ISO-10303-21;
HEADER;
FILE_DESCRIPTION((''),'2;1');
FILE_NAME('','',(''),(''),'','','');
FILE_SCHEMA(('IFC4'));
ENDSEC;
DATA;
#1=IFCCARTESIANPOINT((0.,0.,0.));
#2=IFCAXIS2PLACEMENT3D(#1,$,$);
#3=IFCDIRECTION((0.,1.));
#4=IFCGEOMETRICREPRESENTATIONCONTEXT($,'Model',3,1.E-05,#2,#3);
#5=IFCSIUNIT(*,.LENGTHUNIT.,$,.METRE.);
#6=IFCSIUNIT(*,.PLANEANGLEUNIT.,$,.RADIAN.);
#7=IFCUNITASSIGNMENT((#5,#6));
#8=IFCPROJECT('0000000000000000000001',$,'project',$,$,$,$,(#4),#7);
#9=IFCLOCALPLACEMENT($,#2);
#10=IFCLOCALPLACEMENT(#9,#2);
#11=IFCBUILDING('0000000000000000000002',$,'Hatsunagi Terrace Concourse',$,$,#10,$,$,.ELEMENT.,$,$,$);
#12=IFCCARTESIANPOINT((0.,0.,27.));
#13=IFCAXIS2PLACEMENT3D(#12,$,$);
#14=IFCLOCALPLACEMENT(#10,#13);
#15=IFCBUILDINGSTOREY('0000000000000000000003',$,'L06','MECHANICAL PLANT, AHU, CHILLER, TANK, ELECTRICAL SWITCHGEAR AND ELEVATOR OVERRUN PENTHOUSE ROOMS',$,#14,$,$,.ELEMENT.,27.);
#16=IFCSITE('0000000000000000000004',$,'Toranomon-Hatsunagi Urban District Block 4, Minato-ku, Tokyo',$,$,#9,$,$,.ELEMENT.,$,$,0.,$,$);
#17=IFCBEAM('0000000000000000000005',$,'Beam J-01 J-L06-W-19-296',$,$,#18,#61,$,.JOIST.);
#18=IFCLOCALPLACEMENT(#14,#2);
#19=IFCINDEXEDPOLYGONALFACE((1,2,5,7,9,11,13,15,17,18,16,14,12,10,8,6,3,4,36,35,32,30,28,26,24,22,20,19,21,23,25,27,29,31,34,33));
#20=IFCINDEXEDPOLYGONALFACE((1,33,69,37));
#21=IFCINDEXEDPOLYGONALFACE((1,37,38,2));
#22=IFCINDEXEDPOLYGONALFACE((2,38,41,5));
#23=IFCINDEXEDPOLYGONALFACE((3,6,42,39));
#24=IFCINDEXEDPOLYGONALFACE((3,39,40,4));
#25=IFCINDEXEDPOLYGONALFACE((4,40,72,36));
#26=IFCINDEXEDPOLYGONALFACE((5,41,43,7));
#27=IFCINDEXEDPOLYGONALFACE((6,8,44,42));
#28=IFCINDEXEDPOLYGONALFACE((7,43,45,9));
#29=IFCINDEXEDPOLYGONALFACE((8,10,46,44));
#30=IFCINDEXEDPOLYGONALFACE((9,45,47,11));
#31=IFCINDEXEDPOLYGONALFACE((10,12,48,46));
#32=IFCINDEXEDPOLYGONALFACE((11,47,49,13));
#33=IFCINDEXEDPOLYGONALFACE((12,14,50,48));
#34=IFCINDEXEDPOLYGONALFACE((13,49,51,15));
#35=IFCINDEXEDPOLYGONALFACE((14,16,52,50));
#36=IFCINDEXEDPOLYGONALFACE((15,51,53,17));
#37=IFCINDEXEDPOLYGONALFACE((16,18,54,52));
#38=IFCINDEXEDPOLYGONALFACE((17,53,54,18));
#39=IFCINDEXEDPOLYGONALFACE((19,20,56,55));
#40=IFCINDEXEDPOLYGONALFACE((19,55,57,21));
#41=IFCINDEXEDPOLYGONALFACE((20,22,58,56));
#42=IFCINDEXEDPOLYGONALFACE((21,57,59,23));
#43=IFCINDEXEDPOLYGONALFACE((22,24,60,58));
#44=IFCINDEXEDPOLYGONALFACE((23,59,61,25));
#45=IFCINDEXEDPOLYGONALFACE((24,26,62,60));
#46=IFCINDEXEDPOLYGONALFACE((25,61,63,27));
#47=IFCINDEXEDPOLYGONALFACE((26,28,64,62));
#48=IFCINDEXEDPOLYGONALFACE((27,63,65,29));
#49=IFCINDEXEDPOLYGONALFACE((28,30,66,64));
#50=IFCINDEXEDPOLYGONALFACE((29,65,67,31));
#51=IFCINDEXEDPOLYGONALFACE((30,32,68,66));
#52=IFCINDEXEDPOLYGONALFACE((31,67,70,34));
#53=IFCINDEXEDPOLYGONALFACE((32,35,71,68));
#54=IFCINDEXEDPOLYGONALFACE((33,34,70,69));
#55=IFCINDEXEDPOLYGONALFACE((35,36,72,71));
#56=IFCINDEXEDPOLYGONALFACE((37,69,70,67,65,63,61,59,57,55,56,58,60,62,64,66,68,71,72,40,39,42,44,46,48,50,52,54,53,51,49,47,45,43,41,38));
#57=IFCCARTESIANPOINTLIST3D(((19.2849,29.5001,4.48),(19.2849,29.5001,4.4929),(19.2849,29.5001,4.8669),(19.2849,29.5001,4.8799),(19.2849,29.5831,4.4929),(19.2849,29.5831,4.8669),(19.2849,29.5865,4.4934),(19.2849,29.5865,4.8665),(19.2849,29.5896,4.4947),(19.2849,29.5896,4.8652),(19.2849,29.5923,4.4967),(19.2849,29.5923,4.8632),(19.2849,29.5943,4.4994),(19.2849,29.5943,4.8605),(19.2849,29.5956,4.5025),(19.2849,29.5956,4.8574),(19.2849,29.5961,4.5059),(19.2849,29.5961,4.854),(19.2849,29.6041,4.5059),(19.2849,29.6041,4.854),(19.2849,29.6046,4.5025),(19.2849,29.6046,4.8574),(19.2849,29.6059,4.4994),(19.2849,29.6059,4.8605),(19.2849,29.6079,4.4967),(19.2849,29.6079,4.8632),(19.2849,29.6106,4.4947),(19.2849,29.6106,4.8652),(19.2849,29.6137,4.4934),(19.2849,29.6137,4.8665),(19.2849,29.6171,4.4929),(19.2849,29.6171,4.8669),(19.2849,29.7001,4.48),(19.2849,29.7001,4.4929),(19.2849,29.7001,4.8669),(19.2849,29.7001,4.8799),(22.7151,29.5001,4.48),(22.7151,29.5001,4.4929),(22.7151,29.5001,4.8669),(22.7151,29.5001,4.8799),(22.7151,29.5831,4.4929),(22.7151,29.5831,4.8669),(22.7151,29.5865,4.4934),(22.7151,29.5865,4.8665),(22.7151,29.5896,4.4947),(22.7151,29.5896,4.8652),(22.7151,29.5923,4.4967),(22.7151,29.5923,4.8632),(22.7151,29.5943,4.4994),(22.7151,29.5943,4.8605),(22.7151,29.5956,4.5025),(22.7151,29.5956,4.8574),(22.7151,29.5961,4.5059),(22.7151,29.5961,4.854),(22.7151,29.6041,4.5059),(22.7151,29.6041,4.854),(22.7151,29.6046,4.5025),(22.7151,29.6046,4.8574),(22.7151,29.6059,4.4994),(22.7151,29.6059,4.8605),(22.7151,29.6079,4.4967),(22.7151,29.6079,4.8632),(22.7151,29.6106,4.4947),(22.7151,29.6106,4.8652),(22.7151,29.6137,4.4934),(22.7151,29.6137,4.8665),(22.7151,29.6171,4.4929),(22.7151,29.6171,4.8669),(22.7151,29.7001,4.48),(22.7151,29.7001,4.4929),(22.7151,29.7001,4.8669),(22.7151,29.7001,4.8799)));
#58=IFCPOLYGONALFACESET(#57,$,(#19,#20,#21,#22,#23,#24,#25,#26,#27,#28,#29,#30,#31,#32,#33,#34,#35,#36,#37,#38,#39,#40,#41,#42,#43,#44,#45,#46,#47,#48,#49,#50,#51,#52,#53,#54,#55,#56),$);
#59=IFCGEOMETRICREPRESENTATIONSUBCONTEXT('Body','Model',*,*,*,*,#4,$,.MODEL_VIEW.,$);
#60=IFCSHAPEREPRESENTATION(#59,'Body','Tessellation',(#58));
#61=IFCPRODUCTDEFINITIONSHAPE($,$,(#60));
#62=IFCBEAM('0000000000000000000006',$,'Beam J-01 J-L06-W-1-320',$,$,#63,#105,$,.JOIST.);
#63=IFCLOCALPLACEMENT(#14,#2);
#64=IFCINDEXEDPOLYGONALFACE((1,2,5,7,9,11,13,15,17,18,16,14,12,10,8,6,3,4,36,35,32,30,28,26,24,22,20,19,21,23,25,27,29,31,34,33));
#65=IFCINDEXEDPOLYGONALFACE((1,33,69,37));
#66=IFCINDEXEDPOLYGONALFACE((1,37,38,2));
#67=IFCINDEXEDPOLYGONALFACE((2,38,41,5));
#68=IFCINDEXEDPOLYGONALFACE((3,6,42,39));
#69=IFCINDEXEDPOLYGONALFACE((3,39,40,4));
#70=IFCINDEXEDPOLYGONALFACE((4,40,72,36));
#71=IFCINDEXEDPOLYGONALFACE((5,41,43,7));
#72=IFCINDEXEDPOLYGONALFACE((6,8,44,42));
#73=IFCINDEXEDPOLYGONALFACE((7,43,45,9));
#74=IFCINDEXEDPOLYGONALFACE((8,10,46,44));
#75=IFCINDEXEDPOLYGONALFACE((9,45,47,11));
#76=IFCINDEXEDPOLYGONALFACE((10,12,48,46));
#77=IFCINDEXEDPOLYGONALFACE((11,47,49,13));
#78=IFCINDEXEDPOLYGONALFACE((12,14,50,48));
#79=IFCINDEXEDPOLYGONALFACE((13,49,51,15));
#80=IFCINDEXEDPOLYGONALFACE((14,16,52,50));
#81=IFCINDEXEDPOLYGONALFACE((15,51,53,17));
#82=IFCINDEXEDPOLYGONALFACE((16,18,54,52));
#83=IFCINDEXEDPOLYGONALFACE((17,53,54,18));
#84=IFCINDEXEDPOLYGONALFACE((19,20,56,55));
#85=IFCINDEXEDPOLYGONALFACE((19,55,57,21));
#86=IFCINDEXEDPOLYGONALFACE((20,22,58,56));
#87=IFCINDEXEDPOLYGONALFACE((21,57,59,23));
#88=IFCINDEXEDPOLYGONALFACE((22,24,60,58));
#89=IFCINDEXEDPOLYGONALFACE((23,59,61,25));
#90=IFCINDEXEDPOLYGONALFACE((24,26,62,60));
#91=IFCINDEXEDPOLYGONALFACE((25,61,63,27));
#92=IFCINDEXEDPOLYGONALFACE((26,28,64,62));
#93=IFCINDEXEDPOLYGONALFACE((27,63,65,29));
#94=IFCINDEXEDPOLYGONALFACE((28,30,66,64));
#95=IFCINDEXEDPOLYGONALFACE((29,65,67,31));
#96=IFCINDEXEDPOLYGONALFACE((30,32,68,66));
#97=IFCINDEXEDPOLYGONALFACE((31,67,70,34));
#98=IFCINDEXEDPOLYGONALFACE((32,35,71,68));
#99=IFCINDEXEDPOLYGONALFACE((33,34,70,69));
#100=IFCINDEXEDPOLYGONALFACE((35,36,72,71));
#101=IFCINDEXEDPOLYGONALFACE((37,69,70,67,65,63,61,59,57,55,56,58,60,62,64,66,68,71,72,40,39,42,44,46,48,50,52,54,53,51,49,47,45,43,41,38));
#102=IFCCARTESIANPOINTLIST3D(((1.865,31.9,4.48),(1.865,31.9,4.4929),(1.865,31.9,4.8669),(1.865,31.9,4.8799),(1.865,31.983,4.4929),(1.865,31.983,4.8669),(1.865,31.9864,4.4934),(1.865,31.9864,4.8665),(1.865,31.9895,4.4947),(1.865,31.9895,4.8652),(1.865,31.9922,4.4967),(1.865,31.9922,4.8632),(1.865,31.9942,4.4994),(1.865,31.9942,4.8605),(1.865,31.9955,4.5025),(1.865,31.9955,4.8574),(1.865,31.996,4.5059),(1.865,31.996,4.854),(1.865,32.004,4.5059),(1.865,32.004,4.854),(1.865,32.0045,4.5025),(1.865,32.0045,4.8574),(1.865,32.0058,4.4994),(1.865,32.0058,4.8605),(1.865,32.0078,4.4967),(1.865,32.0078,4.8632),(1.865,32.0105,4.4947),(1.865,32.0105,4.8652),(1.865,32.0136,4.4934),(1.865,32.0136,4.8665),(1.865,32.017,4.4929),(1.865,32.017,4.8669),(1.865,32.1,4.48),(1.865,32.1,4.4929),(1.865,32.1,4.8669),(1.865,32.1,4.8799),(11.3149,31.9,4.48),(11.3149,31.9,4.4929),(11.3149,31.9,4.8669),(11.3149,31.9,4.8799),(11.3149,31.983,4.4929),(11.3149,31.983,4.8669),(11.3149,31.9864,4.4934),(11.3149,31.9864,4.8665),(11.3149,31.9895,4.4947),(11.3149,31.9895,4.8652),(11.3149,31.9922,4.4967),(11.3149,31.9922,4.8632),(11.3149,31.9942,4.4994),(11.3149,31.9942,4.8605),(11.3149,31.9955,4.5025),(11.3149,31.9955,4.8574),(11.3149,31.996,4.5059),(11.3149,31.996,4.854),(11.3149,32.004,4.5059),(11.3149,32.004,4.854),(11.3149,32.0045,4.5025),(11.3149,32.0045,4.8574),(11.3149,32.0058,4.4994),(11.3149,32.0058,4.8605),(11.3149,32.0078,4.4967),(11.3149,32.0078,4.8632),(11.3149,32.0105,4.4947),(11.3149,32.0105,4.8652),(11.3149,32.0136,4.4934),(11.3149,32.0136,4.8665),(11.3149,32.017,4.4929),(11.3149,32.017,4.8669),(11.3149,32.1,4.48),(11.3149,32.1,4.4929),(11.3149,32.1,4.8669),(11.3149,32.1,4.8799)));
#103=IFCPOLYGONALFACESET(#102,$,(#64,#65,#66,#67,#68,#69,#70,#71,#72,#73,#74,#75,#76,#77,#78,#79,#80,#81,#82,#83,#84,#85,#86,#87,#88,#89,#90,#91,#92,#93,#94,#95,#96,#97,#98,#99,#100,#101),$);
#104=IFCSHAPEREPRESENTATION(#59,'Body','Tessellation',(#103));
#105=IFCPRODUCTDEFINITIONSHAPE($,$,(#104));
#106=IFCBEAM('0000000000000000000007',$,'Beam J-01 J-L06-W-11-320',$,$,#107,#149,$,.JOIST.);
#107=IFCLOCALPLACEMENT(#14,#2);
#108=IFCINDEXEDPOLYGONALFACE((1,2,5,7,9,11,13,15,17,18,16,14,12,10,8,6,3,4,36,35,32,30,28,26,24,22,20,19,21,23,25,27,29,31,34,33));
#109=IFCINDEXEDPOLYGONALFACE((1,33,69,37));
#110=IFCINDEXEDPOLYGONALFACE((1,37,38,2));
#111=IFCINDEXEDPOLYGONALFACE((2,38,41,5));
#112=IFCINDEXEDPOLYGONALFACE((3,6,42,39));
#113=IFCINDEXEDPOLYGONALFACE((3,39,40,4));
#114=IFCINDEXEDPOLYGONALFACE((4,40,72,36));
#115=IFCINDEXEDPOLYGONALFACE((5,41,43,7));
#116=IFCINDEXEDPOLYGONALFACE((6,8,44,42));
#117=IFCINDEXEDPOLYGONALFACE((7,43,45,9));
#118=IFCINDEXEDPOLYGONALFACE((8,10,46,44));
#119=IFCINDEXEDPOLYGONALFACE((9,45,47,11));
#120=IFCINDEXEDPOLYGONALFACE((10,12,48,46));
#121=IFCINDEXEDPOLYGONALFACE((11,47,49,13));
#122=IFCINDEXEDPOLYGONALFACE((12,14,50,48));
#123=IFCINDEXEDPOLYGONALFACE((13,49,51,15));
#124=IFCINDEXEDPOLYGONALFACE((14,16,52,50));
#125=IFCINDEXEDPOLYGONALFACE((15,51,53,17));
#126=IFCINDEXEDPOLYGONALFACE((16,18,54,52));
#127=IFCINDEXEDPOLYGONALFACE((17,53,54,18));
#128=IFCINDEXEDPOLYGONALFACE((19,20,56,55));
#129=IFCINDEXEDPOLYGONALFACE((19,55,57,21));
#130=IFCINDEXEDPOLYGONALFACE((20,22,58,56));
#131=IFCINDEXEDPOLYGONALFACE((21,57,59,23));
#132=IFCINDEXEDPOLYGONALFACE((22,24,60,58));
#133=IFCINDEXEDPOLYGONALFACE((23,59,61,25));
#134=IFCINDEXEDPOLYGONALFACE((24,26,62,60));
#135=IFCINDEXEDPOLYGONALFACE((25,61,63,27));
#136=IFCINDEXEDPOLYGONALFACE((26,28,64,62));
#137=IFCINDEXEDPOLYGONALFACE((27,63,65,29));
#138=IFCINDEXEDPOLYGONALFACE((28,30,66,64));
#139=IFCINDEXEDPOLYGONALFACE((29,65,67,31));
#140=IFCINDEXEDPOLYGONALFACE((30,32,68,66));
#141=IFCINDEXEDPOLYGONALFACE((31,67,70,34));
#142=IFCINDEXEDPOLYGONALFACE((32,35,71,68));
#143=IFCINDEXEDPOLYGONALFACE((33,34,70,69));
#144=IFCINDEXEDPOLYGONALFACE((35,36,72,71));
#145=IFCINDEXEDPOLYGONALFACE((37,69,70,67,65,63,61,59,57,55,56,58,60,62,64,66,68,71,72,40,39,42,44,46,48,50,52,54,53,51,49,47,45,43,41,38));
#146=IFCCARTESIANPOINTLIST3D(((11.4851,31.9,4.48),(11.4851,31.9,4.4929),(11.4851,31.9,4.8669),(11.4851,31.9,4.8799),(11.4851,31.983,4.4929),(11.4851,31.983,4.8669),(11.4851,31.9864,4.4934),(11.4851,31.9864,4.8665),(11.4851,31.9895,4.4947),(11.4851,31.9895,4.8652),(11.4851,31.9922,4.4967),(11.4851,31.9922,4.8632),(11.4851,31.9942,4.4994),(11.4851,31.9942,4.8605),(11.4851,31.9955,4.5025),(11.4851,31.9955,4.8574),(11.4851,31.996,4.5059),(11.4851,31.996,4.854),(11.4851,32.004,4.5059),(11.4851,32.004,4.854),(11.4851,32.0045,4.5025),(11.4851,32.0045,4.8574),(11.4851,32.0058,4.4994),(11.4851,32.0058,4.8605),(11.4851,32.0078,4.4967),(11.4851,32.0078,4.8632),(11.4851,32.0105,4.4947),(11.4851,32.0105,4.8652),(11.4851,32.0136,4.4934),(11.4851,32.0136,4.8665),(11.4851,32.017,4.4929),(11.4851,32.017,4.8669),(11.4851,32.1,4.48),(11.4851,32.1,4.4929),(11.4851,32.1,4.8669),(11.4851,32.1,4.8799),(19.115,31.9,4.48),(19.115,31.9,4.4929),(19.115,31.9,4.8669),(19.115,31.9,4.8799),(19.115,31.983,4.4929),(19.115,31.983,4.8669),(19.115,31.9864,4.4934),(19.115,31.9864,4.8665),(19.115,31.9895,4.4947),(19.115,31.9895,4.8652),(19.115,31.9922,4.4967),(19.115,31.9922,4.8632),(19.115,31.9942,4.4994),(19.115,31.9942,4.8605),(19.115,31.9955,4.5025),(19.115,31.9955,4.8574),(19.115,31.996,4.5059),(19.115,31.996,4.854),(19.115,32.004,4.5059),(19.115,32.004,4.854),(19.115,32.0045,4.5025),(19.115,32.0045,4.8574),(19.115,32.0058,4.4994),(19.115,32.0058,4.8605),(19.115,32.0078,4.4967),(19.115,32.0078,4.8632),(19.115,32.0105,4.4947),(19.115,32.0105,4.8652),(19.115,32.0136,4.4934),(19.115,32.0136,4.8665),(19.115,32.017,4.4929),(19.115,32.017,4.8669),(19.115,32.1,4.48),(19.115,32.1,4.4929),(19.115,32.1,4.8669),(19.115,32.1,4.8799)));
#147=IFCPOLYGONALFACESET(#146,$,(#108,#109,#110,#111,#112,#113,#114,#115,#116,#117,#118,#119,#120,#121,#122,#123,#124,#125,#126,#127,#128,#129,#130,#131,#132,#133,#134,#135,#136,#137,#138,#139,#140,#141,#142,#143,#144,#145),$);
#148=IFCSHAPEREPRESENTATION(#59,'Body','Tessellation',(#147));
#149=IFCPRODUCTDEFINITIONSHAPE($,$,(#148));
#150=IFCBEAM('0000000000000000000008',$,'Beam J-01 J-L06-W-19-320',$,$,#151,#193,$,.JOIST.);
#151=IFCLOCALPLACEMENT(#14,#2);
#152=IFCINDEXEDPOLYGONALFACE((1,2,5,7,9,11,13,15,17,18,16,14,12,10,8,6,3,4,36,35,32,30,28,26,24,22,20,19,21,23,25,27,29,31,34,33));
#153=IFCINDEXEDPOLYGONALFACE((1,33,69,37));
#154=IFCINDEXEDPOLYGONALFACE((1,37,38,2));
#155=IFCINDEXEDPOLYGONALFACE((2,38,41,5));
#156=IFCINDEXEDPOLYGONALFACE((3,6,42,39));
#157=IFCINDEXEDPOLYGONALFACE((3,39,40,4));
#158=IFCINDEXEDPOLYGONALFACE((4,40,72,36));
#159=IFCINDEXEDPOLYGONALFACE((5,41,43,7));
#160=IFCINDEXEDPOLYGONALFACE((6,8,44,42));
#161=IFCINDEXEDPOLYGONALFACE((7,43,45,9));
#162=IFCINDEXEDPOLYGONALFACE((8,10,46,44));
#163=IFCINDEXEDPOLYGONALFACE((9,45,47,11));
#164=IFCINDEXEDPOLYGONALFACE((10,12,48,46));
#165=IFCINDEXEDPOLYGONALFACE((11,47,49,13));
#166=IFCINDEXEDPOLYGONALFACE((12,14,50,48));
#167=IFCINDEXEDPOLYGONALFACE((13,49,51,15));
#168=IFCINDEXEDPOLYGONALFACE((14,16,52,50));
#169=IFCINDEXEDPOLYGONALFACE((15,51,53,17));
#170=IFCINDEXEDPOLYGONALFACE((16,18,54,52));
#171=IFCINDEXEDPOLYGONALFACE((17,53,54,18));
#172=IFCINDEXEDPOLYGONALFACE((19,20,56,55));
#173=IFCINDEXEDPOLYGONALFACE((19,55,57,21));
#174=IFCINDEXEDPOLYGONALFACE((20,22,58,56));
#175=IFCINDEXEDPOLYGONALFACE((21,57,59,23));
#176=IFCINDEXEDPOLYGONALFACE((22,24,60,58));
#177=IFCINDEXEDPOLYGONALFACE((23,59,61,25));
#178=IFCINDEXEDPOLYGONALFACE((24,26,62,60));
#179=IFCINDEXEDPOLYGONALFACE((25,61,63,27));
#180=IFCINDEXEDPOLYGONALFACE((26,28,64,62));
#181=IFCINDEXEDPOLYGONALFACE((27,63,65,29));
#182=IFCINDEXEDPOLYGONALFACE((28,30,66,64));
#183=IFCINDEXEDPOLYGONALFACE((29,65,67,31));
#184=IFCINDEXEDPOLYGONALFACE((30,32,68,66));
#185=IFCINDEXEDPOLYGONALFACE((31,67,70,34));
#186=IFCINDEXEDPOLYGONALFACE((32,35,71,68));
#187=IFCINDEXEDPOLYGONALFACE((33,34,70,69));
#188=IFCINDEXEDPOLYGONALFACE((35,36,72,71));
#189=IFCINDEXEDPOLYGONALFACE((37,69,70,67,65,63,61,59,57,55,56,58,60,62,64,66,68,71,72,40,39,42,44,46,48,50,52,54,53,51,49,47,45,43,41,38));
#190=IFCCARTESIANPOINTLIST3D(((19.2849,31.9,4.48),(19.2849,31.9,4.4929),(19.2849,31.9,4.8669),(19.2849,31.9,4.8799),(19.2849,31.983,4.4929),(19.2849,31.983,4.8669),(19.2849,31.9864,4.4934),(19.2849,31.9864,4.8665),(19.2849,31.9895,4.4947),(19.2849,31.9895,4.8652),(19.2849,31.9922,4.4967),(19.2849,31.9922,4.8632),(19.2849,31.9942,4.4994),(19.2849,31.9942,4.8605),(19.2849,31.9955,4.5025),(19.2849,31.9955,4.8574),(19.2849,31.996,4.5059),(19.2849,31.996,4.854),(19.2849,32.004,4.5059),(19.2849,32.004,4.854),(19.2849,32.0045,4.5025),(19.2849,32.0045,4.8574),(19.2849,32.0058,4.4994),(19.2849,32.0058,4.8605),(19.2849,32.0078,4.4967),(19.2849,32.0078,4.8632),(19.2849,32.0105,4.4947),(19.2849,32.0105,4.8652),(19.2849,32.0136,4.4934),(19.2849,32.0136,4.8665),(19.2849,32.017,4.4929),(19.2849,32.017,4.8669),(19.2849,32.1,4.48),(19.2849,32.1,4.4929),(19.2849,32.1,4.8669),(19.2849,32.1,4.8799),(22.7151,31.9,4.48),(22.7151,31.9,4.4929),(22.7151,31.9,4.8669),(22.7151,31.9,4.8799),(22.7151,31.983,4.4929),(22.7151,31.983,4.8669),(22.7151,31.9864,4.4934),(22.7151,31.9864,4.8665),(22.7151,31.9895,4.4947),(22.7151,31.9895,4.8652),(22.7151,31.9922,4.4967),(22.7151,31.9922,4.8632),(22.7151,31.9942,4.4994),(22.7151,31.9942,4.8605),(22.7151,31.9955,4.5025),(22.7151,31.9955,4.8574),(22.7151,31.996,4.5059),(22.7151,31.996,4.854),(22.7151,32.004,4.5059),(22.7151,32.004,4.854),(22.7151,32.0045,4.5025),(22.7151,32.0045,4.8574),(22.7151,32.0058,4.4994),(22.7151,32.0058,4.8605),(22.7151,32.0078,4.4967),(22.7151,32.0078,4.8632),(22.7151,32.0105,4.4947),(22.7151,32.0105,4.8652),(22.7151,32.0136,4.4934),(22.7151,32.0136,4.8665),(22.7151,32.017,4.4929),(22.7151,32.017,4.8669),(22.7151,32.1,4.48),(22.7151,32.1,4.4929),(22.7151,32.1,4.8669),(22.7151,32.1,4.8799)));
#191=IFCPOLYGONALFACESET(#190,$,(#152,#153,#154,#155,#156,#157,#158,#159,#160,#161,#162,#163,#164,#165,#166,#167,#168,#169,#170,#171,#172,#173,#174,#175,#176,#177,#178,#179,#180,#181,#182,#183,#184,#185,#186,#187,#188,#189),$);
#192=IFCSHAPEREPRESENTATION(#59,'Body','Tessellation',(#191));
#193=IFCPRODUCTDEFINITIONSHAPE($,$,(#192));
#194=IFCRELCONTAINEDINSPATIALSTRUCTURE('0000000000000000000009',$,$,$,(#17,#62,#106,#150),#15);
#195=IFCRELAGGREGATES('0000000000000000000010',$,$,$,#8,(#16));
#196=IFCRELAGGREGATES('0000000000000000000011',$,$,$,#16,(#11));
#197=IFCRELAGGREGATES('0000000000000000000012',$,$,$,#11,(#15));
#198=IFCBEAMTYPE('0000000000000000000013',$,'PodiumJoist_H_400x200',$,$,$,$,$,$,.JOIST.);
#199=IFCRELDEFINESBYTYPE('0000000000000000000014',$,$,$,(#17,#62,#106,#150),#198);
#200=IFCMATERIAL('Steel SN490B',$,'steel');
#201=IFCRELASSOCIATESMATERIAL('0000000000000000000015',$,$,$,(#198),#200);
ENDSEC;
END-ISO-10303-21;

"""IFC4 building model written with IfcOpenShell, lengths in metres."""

from ifc_helpers import new_model, si_unit, direction, frame, origin, origin_2d, place, context, subcontext, project, spatial, i_section, extrude, material, material_profile, profile_set, type_object, element, save


model = new_model("IFC4")

# Units and contexts
model_context = context("Model", 3, precision=1e-05, world=origin(), true_north=direction((0.0, 1.0)))
body_context = subcontext(model_context, "Body", "Model", "MODEL_VIEW")
ifc_project = project(units=[si_unit("LENGTHUNIT", "METRE"), si_unit("PLANEANGLEUNIT", "RADIAN")], contexts=[model_context])

# Site, building, storey
site_placement = place(None, origin())
site = spatial("IfcSite", under=ifc_project, at=site_placement, Name="Toranomon-Hatsunagi Urban District Block 4, Minato-ku, Tokyo", CompositionType="ELEMENT", RefElevation=0.0)
building_placement = place(site_placement, origin())
building = spatial("IfcBuilding", under=site, at=building_placement, Name="Hatsunagi Terrace Concourse", CompositionType="ELEMENT")
storey_placement = place(building_placement, frame((0.0, 0.0, 27.0)))
storey = spatial("IfcBuildingStorey", under=building, at=storey_placement, Name="L06", Description="MECHANICAL PLANT, AHU, CHILLER, TANK, ELECTRICAL SWITCHGEAR AND ELEVATOR OVERRUN PENTHOUSE ROOMS", CompositionType="ELEMENT", Elevation=27.0)

# Beams
ifc_material_1 = material(Name="Steel SN490B", Category="steel")
ifc_material_profile_1 = material_profile(ifc_material_1, i_section(OverallWidth=0.2, OverallDepth=0.3999, WebThickness=0.0081, FlangeThickness=0.0129, FilletRadius=0.0129, at=origin_2d()), Name="H-400x200x8x13")
ifc_profile_set_1 = profile_set([ifc_material_profile_1], Name="Steel SN490B")
beam_type_1 = type_object("IfcBeamType", Name="PodiumJoist_H_400x200", PredefinedType="JOIST", material=ifc_profile_set_1)
beam_1_placement = place(storey_placement, frame((19.2849, 29.6001, 4.6799), z_axis=(1.0, 0.0, 0.0), x_axis=(0.0, 1.0, 0.0)))
element("IfcBeam", 1, at=beam_1_placement, inside=storey, type_object=beam_type_1, Name="Beam J-01 J-L06-W-19-296", PredefinedType="JOIST", context=body_context, shape_type="SweptSolid", body=[
    extrude(i_section(OverallWidth=0.2, OverallDepth=0.3999, WebThickness=0.0081, FlangeThickness=0.0129, FilletRadius=0.0129, at=origin_2d()), origin(), (0.0, 0.0, 1.0), 3.4302),
])
beam_2_placement = place(storey_placement, frame((1.865, 32.0, 4.6799), z_axis=(1.0, 0.0, 0.0), x_axis=(0.0, 1.0, 0.0)))
element("IfcBeam", 2, at=beam_2_placement, inside=storey, type_object=beam_type_1, Name="Beam J-01 J-L06-W-1-320", PredefinedType="JOIST", context=body_context, shape_type="SweptSolid", body=[
    extrude(i_section(OverallWidth=0.2, OverallDepth=0.3999, WebThickness=0.0081, FlangeThickness=0.0129, FilletRadius=0.0129, at=origin_2d()), origin(), (0.0, 0.0, 1.0), 9.45),
])
beam_3_placement = place(storey_placement, frame((11.4851, 32.0, 4.6799), z_axis=(1.0, 0.0, 0.0), x_axis=(0.0, 1.0, 0.0)))
element("IfcBeam", 3, at=beam_3_placement, inside=storey, type_object=beam_type_1, Name="Beam J-01 J-L06-W-11-320", PredefinedType="JOIST", context=body_context, shape_type="SweptSolid", body=[
    extrude(i_section(OverallWidth=0.2, OverallDepth=0.3999, WebThickness=0.0081, FlangeThickness=0.0129, FilletRadius=0.0129, at=origin_2d()), origin(), (0.0, 0.0, 1.0), 7.6299),
])
beam_4_placement = place(storey_placement, frame((19.2849, 32.0, 4.6799), z_axis=(1.0, 0.0, 0.0), x_axis=(0.0, 1.0, 0.0)))
element("IfcBeam", 4, at=beam_4_placement, inside=storey, type_object=beam_type_1, Name="Beam J-01 J-L06-W-19-320", PredefinedType="JOIST", context=body_context, shape_type="SweptSolid", body=[
    extrude(i_section(OverallWidth=0.2, OverallDepth=0.3999, WebThickness=0.0081, FlangeThickness=0.0129, FilletRadius=0.0129, at=origin_2d()), origin(), (0.0, 0.0, 1.0), 3.4302),
])

save(model, "model.ifc")
